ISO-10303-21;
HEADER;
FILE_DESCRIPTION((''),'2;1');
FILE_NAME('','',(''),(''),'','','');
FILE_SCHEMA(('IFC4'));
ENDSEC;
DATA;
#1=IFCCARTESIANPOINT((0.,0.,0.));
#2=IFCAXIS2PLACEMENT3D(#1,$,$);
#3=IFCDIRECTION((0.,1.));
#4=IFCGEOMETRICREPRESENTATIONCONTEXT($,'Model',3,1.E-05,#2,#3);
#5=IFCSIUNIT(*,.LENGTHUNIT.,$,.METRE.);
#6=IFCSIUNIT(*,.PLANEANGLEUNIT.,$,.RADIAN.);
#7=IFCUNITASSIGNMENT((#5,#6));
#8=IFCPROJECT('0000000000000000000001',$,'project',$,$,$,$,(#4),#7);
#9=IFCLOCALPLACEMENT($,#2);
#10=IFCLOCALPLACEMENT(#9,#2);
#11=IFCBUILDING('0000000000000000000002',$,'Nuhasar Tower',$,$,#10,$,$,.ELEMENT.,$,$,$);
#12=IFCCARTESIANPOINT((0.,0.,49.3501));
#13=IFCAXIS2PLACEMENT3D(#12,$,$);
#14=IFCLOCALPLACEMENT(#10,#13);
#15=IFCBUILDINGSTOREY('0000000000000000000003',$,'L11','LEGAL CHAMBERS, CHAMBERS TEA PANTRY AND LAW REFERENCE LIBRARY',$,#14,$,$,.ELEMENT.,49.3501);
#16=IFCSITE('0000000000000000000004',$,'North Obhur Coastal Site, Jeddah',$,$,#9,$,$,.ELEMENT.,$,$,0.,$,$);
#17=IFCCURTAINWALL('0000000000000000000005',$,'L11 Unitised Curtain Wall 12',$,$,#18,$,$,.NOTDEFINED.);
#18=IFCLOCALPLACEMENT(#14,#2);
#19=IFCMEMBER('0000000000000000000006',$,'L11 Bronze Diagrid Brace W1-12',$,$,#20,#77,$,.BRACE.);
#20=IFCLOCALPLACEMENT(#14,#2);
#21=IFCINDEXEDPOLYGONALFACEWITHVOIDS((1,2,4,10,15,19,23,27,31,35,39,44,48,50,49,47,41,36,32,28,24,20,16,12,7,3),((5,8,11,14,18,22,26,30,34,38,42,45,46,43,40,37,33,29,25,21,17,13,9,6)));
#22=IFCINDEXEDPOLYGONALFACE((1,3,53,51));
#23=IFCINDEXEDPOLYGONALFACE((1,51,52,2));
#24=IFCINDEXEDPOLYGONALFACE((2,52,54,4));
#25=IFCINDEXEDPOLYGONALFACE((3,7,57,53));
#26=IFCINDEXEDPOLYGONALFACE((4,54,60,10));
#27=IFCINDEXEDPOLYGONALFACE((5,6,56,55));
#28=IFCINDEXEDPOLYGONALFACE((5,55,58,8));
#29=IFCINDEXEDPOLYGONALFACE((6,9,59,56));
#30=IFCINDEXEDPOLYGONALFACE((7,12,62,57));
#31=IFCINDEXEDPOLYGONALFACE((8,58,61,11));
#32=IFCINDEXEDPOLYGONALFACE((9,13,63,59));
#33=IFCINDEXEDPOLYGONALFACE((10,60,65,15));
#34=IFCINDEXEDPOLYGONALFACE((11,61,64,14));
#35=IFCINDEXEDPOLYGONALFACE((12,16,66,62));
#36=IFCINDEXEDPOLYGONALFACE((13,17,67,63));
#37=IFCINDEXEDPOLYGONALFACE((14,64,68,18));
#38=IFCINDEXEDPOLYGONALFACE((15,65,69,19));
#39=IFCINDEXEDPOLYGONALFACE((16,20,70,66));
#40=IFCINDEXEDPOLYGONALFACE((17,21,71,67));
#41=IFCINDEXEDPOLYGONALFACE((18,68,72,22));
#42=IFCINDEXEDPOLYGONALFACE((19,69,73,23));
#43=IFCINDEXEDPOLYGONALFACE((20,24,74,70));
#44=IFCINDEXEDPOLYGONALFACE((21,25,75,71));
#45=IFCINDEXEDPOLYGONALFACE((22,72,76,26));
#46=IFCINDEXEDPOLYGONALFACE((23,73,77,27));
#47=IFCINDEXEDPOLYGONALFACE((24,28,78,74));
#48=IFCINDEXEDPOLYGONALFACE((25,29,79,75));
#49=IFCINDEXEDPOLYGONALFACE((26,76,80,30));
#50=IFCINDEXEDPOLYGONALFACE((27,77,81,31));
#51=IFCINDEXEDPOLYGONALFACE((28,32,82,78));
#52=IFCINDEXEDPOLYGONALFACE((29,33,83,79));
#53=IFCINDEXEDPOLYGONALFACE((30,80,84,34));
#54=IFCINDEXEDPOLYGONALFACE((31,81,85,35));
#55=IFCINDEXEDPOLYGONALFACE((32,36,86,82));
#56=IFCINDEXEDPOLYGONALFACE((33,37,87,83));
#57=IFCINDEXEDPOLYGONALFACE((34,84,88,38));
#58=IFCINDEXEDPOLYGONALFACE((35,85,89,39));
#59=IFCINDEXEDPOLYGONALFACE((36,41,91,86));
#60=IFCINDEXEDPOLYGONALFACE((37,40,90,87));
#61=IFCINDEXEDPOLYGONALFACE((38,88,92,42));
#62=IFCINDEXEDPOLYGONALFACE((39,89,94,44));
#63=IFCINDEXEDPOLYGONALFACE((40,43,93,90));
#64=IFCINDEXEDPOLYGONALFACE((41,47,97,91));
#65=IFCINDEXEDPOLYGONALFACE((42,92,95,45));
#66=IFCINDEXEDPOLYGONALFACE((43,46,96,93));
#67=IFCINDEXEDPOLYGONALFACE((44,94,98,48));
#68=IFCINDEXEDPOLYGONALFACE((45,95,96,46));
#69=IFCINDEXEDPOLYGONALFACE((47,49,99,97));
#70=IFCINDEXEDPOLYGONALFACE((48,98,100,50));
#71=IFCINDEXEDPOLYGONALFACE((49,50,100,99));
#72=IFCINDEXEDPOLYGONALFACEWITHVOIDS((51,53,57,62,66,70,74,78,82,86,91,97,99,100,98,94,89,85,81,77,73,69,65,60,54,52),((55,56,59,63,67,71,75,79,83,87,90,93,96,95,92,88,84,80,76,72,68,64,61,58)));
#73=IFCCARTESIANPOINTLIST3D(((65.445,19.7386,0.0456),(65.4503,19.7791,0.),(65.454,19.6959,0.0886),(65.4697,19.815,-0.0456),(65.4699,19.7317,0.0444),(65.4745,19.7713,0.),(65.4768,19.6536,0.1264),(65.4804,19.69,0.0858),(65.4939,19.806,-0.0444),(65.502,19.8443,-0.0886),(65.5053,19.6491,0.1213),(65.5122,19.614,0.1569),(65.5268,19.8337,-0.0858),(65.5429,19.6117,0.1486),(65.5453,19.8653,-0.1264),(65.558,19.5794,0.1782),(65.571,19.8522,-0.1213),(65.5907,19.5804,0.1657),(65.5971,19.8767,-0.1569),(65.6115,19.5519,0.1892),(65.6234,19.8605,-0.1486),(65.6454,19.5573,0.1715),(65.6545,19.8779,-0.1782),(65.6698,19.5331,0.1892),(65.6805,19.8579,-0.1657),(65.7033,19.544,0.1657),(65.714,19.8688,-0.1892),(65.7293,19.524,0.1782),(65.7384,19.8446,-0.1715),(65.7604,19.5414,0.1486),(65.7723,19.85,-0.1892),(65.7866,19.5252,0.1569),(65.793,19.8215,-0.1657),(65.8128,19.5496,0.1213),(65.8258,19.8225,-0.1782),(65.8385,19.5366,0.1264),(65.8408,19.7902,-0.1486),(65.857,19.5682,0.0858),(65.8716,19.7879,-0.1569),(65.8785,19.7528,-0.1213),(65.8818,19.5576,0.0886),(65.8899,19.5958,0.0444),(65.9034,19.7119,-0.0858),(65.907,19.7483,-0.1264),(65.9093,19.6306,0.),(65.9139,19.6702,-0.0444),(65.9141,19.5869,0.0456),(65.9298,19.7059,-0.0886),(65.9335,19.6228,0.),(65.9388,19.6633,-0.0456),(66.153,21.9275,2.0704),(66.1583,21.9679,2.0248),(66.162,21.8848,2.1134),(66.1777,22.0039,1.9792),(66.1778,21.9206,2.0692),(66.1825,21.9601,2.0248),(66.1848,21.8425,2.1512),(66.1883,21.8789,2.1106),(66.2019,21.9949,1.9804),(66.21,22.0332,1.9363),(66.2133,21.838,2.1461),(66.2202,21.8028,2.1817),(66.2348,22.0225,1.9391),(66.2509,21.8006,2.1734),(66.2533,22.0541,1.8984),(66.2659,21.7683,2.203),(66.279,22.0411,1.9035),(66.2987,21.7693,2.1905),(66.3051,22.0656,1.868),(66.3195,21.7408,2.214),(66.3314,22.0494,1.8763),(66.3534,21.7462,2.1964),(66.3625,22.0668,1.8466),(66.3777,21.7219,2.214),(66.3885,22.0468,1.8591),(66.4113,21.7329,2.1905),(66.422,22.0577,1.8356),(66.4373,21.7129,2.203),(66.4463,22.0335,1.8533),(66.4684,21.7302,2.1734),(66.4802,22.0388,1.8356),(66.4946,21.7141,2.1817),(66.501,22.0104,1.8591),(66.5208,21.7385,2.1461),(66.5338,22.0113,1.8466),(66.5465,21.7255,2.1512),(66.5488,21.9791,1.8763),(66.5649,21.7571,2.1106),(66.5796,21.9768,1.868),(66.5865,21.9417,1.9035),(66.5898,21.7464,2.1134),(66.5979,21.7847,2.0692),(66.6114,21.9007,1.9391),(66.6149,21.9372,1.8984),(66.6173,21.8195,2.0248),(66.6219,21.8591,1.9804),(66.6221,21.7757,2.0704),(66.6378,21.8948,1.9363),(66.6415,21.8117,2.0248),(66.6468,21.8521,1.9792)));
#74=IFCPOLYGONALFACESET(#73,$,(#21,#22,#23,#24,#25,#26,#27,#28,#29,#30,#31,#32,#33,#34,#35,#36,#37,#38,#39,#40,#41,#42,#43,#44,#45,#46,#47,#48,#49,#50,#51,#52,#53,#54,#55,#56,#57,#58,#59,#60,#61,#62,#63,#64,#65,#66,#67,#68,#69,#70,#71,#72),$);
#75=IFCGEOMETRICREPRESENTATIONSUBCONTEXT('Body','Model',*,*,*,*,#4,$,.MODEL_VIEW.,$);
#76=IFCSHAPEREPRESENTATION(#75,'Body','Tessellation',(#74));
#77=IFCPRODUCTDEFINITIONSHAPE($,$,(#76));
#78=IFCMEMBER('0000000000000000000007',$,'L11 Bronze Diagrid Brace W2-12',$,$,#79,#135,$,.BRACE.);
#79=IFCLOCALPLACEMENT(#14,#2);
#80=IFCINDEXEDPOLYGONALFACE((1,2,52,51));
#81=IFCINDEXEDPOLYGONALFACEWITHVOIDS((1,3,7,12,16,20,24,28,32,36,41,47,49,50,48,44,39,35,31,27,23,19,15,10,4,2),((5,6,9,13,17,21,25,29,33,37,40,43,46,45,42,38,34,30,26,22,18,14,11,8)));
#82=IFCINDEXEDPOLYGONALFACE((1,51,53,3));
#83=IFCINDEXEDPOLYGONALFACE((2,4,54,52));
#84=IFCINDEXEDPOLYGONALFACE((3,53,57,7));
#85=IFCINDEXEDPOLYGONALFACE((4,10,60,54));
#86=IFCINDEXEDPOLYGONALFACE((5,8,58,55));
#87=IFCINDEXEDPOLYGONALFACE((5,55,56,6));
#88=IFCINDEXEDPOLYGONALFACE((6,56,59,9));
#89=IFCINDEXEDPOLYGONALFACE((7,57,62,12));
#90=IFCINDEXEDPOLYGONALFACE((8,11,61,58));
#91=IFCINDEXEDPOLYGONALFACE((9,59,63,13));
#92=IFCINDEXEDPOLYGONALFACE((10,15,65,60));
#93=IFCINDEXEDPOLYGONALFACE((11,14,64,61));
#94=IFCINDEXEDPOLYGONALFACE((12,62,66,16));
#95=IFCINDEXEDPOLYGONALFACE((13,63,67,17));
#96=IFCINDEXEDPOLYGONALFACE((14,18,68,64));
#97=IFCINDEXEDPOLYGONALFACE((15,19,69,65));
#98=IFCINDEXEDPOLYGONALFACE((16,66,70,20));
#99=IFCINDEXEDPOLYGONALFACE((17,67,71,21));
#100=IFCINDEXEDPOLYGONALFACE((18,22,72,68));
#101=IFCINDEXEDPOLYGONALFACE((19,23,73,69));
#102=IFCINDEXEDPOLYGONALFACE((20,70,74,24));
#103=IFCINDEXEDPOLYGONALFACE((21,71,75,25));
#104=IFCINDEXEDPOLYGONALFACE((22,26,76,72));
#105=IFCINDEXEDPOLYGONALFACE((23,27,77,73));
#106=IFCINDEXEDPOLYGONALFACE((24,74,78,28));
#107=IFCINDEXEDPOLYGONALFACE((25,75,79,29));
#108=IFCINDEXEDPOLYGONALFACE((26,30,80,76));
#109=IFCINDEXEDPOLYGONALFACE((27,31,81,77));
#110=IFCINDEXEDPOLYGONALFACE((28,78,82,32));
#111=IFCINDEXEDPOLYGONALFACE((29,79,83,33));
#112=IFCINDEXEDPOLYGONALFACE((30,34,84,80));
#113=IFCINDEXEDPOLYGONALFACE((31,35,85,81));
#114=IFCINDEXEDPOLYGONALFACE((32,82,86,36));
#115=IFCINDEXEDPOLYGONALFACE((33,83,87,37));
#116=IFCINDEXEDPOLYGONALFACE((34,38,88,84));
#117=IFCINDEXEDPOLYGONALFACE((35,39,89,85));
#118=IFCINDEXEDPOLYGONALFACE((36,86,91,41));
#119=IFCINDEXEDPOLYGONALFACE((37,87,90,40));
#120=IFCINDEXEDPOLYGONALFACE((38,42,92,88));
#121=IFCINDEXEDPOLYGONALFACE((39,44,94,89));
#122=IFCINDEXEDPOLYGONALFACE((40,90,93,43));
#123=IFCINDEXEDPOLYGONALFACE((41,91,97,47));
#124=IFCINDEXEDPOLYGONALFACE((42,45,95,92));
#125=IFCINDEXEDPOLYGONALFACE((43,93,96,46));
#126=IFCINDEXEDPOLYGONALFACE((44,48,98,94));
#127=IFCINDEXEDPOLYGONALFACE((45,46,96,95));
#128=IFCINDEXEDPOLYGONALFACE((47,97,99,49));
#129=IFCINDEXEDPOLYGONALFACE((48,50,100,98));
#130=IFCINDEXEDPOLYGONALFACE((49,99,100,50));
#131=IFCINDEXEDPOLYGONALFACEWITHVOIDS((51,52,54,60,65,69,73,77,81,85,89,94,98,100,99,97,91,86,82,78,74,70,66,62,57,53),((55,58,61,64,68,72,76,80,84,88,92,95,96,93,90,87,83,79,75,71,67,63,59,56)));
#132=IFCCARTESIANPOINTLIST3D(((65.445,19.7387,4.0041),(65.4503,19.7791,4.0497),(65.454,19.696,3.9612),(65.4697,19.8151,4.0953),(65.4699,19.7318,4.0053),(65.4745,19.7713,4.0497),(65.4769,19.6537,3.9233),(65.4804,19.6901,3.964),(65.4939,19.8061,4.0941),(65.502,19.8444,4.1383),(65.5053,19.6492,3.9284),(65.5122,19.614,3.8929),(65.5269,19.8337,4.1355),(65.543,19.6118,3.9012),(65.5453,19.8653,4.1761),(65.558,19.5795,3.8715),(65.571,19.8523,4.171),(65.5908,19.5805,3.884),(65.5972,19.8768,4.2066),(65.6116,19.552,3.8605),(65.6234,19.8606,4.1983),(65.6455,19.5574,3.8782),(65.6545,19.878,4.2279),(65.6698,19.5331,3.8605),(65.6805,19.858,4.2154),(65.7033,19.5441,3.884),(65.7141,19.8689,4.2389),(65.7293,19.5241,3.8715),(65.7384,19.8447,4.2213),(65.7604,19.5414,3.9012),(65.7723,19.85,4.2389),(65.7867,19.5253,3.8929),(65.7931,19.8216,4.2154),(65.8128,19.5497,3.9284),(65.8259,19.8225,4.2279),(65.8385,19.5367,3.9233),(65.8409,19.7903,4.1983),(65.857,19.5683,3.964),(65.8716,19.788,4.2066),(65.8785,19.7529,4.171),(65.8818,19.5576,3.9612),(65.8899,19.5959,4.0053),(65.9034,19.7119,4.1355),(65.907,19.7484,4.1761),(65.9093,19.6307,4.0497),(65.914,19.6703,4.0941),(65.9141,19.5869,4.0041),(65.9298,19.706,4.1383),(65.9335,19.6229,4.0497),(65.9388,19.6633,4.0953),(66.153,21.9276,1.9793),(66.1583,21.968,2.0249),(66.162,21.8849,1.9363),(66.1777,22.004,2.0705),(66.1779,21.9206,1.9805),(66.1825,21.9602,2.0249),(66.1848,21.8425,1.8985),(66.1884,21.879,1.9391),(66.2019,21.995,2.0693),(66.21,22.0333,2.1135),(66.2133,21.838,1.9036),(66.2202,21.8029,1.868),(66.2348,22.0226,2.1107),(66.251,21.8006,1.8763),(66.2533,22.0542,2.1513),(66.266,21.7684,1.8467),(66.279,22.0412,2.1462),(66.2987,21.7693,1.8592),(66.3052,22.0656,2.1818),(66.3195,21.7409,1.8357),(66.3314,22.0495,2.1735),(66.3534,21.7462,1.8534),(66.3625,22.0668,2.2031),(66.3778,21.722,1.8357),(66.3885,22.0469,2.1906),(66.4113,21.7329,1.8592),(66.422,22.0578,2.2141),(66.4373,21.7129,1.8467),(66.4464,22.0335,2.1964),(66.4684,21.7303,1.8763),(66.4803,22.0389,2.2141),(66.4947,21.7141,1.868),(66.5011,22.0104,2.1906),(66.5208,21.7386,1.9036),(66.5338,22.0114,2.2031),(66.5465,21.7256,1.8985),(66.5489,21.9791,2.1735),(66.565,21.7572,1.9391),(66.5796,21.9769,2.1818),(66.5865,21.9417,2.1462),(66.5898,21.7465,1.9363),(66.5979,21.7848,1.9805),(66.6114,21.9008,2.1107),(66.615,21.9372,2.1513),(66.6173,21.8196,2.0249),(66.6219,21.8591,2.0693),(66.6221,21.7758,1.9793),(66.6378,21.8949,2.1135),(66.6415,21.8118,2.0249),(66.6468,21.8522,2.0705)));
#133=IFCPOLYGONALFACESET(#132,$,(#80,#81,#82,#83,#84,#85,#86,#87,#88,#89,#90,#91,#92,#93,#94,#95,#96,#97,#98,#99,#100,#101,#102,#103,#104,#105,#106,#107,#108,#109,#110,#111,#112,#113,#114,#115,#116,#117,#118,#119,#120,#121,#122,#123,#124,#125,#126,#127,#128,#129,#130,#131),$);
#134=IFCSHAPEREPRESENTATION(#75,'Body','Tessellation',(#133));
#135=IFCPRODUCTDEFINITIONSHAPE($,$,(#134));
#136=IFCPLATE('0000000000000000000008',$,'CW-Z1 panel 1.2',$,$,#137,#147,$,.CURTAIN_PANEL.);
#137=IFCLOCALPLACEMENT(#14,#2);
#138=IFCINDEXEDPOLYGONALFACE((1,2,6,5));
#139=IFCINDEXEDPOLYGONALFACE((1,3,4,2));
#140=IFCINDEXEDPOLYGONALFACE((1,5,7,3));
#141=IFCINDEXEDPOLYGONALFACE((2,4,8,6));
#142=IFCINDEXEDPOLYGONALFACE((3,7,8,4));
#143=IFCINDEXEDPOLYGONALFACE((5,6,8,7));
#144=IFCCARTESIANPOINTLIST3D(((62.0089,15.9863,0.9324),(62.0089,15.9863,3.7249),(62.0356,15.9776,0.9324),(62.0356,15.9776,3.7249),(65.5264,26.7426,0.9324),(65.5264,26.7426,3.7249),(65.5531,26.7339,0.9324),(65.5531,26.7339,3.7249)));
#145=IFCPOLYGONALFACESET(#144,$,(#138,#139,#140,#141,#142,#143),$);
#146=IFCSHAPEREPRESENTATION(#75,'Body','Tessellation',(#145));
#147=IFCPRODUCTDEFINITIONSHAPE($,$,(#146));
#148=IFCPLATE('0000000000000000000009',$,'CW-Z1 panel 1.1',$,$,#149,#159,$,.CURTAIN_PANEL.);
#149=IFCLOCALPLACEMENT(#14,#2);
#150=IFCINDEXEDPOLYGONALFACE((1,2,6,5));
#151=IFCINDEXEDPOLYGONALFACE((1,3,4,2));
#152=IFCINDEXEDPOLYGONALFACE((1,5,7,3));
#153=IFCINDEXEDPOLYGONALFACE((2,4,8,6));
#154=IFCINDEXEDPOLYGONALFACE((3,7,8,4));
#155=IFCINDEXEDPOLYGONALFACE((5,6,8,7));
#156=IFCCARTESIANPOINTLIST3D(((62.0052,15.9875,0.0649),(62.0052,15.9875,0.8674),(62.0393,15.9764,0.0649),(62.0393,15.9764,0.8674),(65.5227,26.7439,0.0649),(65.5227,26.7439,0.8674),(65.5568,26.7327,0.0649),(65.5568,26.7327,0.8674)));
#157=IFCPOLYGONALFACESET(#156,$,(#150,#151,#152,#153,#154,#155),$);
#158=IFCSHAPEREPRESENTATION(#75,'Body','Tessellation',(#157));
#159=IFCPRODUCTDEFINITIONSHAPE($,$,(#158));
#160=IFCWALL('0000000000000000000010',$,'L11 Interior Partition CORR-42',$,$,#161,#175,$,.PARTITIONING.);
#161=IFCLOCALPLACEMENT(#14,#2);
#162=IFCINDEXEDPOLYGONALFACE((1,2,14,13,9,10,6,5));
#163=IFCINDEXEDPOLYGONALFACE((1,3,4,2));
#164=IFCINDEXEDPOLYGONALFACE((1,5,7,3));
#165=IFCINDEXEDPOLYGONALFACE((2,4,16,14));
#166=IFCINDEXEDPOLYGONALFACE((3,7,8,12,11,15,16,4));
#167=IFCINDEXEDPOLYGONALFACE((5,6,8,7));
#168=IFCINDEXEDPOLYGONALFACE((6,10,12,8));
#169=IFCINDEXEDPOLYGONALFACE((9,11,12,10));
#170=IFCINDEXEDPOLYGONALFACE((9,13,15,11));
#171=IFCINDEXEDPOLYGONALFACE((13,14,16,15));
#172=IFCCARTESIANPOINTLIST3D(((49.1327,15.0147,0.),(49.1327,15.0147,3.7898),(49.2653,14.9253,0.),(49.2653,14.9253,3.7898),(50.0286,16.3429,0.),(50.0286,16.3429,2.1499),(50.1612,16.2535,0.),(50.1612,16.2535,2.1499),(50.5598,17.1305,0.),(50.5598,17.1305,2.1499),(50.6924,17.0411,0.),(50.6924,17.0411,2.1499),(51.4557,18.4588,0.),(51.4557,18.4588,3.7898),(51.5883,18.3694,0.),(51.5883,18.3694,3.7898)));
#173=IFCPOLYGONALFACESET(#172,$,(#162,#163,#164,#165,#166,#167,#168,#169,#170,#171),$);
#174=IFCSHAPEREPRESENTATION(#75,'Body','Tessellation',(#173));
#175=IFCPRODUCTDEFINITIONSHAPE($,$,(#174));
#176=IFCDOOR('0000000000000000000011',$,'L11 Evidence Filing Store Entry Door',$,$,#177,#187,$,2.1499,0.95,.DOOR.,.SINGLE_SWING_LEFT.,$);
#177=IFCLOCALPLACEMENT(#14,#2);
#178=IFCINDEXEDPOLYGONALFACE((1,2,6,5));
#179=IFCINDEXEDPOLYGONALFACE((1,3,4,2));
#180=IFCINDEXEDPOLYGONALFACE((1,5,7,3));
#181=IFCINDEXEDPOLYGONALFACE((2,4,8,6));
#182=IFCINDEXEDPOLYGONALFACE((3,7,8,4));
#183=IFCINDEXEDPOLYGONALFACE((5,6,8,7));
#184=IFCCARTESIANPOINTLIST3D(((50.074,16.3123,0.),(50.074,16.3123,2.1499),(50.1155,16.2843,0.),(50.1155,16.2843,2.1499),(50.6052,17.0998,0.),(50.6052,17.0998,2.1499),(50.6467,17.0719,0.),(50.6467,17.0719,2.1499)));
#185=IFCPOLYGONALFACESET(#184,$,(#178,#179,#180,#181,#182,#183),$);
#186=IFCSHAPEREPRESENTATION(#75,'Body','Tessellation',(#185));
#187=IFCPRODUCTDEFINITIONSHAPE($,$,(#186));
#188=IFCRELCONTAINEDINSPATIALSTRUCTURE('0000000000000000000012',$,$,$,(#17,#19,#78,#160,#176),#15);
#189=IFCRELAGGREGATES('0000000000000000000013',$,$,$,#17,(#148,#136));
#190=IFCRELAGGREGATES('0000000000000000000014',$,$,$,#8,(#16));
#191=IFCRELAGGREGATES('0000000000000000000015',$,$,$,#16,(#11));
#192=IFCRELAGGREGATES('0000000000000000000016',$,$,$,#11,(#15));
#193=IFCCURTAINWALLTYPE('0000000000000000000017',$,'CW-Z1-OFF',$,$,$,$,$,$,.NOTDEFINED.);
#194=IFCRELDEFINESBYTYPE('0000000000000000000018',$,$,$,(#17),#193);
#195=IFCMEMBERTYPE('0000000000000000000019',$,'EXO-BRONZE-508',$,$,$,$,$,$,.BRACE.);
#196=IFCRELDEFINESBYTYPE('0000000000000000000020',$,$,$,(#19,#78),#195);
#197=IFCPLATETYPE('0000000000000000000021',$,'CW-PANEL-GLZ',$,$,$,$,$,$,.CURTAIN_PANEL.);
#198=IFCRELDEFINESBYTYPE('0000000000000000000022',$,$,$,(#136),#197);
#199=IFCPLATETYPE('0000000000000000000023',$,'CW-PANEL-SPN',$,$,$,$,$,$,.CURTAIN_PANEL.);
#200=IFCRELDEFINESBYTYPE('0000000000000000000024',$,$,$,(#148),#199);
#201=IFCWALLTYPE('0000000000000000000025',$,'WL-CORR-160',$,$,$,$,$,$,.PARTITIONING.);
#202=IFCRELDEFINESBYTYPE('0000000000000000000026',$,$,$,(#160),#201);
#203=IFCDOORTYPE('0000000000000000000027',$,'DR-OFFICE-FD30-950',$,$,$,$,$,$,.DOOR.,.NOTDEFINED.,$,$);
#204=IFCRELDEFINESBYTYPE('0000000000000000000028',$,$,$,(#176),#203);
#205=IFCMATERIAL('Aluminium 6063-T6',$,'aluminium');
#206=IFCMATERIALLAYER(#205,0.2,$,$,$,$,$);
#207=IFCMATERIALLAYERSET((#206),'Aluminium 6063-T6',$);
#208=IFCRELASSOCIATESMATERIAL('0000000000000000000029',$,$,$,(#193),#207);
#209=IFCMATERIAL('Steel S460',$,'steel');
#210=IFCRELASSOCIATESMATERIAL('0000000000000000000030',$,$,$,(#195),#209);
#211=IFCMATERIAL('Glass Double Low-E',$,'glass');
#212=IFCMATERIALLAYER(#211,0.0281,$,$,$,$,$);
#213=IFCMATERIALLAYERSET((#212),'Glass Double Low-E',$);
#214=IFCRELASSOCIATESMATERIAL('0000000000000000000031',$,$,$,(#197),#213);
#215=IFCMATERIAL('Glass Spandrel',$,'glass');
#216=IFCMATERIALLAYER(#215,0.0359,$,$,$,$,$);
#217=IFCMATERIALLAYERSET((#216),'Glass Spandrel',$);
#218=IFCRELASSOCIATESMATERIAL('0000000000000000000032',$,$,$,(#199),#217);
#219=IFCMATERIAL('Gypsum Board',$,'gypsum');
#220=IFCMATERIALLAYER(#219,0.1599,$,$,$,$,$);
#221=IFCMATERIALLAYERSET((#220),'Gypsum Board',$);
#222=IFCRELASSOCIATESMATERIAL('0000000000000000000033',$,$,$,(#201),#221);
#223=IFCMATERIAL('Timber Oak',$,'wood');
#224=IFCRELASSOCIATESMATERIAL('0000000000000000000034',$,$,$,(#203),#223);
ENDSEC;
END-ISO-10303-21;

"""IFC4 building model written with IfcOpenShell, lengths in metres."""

from ifc_helpers import new_model, si_unit, direction, frame, frame_2d, origin, origin_2d, place, context, subcontext, project, spatial, rectangle, hollow_circle, extrude, material, layer, layer_set, material_profile, profile_set, type_object, element, fill, aggregate, save


model = new_model("IFC4")

# Units and contexts
model_context = context("Model", 3, precision=1e-05, world=origin(), true_north=direction((0.0, 1.0)))
body_context = subcontext(model_context, "Body", "Model", "MODEL_VIEW")
ifc_project = project(units=[si_unit("LENGTHUNIT", "METRE"), si_unit("PLANEANGLEUNIT", "RADIAN")], contexts=[model_context])

# Site, building, storey
site_placement = place(None, origin())
site = spatial("IfcSite", under=ifc_project, at=site_placement, Name="North Obhur Coastal Site, Jeddah", CompositionType="ELEMENT", RefElevation=0.0)
building_placement = place(site_placement, origin())
building = spatial("IfcBuilding", under=site, at=building_placement, Name="Nuhasar Tower", CompositionType="ELEMENT")
storey_placement = place(building_placement, frame((0.0, 0.0, 49.3501)))
storey = spatial("IfcBuildingStorey", under=building, at=storey_placement, Name="L11", Description="LEGAL CHAMBERS, CHAMBERS TEA PANTRY AND LAW REFERENCE LIBRARY", CompositionType="ELEMENT", Elevation=49.3501)

# Curtain wall
ifc_material_1 = material(Name="Aluminium 6063-T6", Category="aluminium")
ifc_layer_1 = layer(ifc_material_1, 0.2)
ifc_layer_set_1 = layer_set([ifc_layer_1], Name="Aluminium 6063-T6")
curtain_wall_type = type_object("IfcCurtainWallType", Name="CW-Z1-OFF", PredefinedType="NOTDEFINED", material=ifc_layer_set_1)
curtain_wall_placement = place(storey_placement, origin())
curtain_wall = element("IfcCurtainWall", 1, at=curtain_wall_placement, inside=storey, type_object=curtain_wall_type, Name="L11 Unitised Curtain Wall 12", PredefinedType="NOTDEFINED")

# Members
ifc_material_2 = material(Name="Steel S460", Category="steel")
ifc_material_profile_1 = material_profile(ifc_material_2, hollow_circle(Radius=0.2539, WallThickness=0.0254, at=origin_2d()), Name="HSS508X25.4")
ifc_profile_set_1 = profile_set([ifc_material_profile_1], Name="Steel S460")
member_type_1 = type_object("IfcMemberType", Name="EXO-BRONZE-508", PredefinedType="BRACE", material=ifc_profile_set_1)
for number, where, z_axis, x_axis, name in (
    (2, (65.6919, 19.7009, 0.0), (0.231012, 0.714225, 0.660694), (-0.951468, 0.307747, 0.0), "L11 Bronze Diagrid Brace W1-12"),
    (3, (66.3999, 21.8899, 2.0249), (-0.231012, -0.714225, 0.660694), (0.951468, -0.307747, 0.0), "L11 Bronze Diagrid Brace W2-12"),
):
    element("IfcMember", number, at=place(storey_placement, frame(where, z_axis=z_axis, x_axis=x_axis)), inside=storey, type_object=member_type_1, Name=name, PredefinedType="BRACE", context=body_context, shape_type="SweptSolid", body=[
        extrude(hollow_circle(Radius=0.2539, WallThickness=0.0254, at=origin_2d()), origin(), (0.0, 0.0, 1.0), 3.0647),
    ])

# Plates
ifc_material_3 = material(Name="Glass Double Low-E", Category="glass")
ifc_layer_2 = layer(ifc_material_3, 0.0281)
ifc_layer_set_2 = layer_set([ifc_layer_2], Name="Glass Double Low-E")
plate_type_1 = type_object("IfcPlateType", Name="CW-PANEL-GLZ", PredefinedType="CURTAIN_PANEL", material=ifc_layer_set_2)
plate_1_placement = place(storey_placement, frame((63.781, 21.3601, 0.9324), z_axis=(0.0, 0.0, 1.0), x_axis=(0.310824, 0.950468, 0.0)))
plate_1 = element("IfcPlate", 4, at=plate_1_placement, type_object=plate_type_1, Name="CW-Z1 panel 1.2", PredefinedType="CURTAIN_PANEL", context=body_context, shape_type="SweptSolid", body=[
    extrude(rectangle(XDim=11.3169, YDim=0.0281, at=origin_2d()), origin(), (0.0, 0.0, 1.0), 2.7925),
])
ifc_material_4 = material(Name="Glass Spandrel", Category="glass")
ifc_layer_3 = layer(ifc_material_4, 0.0359)
ifc_layer_set_3 = layer_set([ifc_layer_3], Name="Glass Spandrel")
plate_type_2 = type_object("IfcPlateType", Name="CW-PANEL-SPN", PredefinedType="CURTAIN_PANEL", material=ifc_layer_set_3)
plate_2_placement = place(storey_placement, frame((63.781, 21.3601, 0.0649), z_axis=(0.0, 0.0, 1.0), x_axis=(0.310824, 0.950468, 0.0)))
plate_2 = element("IfcPlate", 5, at=plate_2_placement, type_object=plate_type_2, Name="CW-Z1 panel 1.1", PredefinedType="CURTAIN_PANEL", context=body_context, shape_type="SweptSolid", body=[
    extrude(rectangle(XDim=11.3169, YDim=0.0359, at=origin_2d()), origin(), (0.0, 0.0, 1.0), 0.8025),
])
aggregate(curtain_wall, [plate_2, plate_1])

# Wall, opening, door
ifc_material_5 = material(Name="Gypsum Board", Category="gypsum")
ifc_layer_4 = layer(ifc_material_5, 0.1599)
ifc_layer_set_4 = layer_set([ifc_layer_4], Name="Gypsum Board")
wall_type_1 = type_object("IfcWallType", Name="WL-CORR-160", PredefinedType="PARTITIONING", material=ifc_layer_set_4)
wall_1_placement = place(storey_placement, frame((51.522, 18.4141, 0.0), z_axis=(0.0, 0.0, 1.0), x_axis=(-0.559181, -0.829046, 0.0)))
wall_1 = element("IfcWall", 6, at=wall_1_placement, inside=storey, type_object=wall_type_1, Name="L11 Interior Partition CORR-42", PredefinedType="PARTITIONING", context=body_context, shape_type="SweptSolid", body=[
    extrude(rectangle(XDim=4.1543, YDim=0.1599, at=frame_2d((2.0771, 0.0))), origin(), (0.0, 0.0, 1.0), 3.7898),
])
opening_1_placement = place(wall_1_placement, frame((1.6021, 0.0, 0.0)))
opening_1 = element("IfcOpeningElement", 7, at=opening_1_placement, cuts=wall_1, PredefinedType="OPENING", context=body_context, shape_type="SweptSolid", body=[
    extrude(rectangle(XDim=0.95, YDim=2.1499, at=frame_2d((0.4751, 1.075))), frame((0.0, 0.0898, 0.0), z_axis=(0.0, -1.0, 0.0), x_axis=(1.0, 0.0, 0.0)), (0.0, 0.0, 1.0), 0.1799),
])
ifc_material_6 = material(Name="Timber Oak", Category="wood")
door_type_1 = type_object("IfcDoorType", Name="DR-OFFICE-FD30-950", OperationType="NOTDEFINED", PredefinedType="DOOR", material=ifc_material_6)
door_1_placement = place(opening_1_placement, origin())
door_1 = element("IfcDoor", 8, at=door_1_placement, inside=storey, type_object=door_type_1, Name="L11 Evidence Filing Store Entry Door", OperationType="SINGLE_SWING_LEFT", OverallHeight=2.1499, OverallWidth=0.95, PredefinedType="DOOR", context=body_context, shape_type="SweptSolid", body=[
    extrude(rectangle(XDim=0.95, YDim=2.1499, at=frame_2d((0.4751, 1.075))), frame((0.0, 0.0249, 0.0), z_axis=(0.0, -1.0, 0.0), x_axis=(1.0, 0.0, 0.0)), (0.0, 0.0, 1.0), 0.05),
])
fill(opening_1, door_1)

save(model, "model.ifc")
